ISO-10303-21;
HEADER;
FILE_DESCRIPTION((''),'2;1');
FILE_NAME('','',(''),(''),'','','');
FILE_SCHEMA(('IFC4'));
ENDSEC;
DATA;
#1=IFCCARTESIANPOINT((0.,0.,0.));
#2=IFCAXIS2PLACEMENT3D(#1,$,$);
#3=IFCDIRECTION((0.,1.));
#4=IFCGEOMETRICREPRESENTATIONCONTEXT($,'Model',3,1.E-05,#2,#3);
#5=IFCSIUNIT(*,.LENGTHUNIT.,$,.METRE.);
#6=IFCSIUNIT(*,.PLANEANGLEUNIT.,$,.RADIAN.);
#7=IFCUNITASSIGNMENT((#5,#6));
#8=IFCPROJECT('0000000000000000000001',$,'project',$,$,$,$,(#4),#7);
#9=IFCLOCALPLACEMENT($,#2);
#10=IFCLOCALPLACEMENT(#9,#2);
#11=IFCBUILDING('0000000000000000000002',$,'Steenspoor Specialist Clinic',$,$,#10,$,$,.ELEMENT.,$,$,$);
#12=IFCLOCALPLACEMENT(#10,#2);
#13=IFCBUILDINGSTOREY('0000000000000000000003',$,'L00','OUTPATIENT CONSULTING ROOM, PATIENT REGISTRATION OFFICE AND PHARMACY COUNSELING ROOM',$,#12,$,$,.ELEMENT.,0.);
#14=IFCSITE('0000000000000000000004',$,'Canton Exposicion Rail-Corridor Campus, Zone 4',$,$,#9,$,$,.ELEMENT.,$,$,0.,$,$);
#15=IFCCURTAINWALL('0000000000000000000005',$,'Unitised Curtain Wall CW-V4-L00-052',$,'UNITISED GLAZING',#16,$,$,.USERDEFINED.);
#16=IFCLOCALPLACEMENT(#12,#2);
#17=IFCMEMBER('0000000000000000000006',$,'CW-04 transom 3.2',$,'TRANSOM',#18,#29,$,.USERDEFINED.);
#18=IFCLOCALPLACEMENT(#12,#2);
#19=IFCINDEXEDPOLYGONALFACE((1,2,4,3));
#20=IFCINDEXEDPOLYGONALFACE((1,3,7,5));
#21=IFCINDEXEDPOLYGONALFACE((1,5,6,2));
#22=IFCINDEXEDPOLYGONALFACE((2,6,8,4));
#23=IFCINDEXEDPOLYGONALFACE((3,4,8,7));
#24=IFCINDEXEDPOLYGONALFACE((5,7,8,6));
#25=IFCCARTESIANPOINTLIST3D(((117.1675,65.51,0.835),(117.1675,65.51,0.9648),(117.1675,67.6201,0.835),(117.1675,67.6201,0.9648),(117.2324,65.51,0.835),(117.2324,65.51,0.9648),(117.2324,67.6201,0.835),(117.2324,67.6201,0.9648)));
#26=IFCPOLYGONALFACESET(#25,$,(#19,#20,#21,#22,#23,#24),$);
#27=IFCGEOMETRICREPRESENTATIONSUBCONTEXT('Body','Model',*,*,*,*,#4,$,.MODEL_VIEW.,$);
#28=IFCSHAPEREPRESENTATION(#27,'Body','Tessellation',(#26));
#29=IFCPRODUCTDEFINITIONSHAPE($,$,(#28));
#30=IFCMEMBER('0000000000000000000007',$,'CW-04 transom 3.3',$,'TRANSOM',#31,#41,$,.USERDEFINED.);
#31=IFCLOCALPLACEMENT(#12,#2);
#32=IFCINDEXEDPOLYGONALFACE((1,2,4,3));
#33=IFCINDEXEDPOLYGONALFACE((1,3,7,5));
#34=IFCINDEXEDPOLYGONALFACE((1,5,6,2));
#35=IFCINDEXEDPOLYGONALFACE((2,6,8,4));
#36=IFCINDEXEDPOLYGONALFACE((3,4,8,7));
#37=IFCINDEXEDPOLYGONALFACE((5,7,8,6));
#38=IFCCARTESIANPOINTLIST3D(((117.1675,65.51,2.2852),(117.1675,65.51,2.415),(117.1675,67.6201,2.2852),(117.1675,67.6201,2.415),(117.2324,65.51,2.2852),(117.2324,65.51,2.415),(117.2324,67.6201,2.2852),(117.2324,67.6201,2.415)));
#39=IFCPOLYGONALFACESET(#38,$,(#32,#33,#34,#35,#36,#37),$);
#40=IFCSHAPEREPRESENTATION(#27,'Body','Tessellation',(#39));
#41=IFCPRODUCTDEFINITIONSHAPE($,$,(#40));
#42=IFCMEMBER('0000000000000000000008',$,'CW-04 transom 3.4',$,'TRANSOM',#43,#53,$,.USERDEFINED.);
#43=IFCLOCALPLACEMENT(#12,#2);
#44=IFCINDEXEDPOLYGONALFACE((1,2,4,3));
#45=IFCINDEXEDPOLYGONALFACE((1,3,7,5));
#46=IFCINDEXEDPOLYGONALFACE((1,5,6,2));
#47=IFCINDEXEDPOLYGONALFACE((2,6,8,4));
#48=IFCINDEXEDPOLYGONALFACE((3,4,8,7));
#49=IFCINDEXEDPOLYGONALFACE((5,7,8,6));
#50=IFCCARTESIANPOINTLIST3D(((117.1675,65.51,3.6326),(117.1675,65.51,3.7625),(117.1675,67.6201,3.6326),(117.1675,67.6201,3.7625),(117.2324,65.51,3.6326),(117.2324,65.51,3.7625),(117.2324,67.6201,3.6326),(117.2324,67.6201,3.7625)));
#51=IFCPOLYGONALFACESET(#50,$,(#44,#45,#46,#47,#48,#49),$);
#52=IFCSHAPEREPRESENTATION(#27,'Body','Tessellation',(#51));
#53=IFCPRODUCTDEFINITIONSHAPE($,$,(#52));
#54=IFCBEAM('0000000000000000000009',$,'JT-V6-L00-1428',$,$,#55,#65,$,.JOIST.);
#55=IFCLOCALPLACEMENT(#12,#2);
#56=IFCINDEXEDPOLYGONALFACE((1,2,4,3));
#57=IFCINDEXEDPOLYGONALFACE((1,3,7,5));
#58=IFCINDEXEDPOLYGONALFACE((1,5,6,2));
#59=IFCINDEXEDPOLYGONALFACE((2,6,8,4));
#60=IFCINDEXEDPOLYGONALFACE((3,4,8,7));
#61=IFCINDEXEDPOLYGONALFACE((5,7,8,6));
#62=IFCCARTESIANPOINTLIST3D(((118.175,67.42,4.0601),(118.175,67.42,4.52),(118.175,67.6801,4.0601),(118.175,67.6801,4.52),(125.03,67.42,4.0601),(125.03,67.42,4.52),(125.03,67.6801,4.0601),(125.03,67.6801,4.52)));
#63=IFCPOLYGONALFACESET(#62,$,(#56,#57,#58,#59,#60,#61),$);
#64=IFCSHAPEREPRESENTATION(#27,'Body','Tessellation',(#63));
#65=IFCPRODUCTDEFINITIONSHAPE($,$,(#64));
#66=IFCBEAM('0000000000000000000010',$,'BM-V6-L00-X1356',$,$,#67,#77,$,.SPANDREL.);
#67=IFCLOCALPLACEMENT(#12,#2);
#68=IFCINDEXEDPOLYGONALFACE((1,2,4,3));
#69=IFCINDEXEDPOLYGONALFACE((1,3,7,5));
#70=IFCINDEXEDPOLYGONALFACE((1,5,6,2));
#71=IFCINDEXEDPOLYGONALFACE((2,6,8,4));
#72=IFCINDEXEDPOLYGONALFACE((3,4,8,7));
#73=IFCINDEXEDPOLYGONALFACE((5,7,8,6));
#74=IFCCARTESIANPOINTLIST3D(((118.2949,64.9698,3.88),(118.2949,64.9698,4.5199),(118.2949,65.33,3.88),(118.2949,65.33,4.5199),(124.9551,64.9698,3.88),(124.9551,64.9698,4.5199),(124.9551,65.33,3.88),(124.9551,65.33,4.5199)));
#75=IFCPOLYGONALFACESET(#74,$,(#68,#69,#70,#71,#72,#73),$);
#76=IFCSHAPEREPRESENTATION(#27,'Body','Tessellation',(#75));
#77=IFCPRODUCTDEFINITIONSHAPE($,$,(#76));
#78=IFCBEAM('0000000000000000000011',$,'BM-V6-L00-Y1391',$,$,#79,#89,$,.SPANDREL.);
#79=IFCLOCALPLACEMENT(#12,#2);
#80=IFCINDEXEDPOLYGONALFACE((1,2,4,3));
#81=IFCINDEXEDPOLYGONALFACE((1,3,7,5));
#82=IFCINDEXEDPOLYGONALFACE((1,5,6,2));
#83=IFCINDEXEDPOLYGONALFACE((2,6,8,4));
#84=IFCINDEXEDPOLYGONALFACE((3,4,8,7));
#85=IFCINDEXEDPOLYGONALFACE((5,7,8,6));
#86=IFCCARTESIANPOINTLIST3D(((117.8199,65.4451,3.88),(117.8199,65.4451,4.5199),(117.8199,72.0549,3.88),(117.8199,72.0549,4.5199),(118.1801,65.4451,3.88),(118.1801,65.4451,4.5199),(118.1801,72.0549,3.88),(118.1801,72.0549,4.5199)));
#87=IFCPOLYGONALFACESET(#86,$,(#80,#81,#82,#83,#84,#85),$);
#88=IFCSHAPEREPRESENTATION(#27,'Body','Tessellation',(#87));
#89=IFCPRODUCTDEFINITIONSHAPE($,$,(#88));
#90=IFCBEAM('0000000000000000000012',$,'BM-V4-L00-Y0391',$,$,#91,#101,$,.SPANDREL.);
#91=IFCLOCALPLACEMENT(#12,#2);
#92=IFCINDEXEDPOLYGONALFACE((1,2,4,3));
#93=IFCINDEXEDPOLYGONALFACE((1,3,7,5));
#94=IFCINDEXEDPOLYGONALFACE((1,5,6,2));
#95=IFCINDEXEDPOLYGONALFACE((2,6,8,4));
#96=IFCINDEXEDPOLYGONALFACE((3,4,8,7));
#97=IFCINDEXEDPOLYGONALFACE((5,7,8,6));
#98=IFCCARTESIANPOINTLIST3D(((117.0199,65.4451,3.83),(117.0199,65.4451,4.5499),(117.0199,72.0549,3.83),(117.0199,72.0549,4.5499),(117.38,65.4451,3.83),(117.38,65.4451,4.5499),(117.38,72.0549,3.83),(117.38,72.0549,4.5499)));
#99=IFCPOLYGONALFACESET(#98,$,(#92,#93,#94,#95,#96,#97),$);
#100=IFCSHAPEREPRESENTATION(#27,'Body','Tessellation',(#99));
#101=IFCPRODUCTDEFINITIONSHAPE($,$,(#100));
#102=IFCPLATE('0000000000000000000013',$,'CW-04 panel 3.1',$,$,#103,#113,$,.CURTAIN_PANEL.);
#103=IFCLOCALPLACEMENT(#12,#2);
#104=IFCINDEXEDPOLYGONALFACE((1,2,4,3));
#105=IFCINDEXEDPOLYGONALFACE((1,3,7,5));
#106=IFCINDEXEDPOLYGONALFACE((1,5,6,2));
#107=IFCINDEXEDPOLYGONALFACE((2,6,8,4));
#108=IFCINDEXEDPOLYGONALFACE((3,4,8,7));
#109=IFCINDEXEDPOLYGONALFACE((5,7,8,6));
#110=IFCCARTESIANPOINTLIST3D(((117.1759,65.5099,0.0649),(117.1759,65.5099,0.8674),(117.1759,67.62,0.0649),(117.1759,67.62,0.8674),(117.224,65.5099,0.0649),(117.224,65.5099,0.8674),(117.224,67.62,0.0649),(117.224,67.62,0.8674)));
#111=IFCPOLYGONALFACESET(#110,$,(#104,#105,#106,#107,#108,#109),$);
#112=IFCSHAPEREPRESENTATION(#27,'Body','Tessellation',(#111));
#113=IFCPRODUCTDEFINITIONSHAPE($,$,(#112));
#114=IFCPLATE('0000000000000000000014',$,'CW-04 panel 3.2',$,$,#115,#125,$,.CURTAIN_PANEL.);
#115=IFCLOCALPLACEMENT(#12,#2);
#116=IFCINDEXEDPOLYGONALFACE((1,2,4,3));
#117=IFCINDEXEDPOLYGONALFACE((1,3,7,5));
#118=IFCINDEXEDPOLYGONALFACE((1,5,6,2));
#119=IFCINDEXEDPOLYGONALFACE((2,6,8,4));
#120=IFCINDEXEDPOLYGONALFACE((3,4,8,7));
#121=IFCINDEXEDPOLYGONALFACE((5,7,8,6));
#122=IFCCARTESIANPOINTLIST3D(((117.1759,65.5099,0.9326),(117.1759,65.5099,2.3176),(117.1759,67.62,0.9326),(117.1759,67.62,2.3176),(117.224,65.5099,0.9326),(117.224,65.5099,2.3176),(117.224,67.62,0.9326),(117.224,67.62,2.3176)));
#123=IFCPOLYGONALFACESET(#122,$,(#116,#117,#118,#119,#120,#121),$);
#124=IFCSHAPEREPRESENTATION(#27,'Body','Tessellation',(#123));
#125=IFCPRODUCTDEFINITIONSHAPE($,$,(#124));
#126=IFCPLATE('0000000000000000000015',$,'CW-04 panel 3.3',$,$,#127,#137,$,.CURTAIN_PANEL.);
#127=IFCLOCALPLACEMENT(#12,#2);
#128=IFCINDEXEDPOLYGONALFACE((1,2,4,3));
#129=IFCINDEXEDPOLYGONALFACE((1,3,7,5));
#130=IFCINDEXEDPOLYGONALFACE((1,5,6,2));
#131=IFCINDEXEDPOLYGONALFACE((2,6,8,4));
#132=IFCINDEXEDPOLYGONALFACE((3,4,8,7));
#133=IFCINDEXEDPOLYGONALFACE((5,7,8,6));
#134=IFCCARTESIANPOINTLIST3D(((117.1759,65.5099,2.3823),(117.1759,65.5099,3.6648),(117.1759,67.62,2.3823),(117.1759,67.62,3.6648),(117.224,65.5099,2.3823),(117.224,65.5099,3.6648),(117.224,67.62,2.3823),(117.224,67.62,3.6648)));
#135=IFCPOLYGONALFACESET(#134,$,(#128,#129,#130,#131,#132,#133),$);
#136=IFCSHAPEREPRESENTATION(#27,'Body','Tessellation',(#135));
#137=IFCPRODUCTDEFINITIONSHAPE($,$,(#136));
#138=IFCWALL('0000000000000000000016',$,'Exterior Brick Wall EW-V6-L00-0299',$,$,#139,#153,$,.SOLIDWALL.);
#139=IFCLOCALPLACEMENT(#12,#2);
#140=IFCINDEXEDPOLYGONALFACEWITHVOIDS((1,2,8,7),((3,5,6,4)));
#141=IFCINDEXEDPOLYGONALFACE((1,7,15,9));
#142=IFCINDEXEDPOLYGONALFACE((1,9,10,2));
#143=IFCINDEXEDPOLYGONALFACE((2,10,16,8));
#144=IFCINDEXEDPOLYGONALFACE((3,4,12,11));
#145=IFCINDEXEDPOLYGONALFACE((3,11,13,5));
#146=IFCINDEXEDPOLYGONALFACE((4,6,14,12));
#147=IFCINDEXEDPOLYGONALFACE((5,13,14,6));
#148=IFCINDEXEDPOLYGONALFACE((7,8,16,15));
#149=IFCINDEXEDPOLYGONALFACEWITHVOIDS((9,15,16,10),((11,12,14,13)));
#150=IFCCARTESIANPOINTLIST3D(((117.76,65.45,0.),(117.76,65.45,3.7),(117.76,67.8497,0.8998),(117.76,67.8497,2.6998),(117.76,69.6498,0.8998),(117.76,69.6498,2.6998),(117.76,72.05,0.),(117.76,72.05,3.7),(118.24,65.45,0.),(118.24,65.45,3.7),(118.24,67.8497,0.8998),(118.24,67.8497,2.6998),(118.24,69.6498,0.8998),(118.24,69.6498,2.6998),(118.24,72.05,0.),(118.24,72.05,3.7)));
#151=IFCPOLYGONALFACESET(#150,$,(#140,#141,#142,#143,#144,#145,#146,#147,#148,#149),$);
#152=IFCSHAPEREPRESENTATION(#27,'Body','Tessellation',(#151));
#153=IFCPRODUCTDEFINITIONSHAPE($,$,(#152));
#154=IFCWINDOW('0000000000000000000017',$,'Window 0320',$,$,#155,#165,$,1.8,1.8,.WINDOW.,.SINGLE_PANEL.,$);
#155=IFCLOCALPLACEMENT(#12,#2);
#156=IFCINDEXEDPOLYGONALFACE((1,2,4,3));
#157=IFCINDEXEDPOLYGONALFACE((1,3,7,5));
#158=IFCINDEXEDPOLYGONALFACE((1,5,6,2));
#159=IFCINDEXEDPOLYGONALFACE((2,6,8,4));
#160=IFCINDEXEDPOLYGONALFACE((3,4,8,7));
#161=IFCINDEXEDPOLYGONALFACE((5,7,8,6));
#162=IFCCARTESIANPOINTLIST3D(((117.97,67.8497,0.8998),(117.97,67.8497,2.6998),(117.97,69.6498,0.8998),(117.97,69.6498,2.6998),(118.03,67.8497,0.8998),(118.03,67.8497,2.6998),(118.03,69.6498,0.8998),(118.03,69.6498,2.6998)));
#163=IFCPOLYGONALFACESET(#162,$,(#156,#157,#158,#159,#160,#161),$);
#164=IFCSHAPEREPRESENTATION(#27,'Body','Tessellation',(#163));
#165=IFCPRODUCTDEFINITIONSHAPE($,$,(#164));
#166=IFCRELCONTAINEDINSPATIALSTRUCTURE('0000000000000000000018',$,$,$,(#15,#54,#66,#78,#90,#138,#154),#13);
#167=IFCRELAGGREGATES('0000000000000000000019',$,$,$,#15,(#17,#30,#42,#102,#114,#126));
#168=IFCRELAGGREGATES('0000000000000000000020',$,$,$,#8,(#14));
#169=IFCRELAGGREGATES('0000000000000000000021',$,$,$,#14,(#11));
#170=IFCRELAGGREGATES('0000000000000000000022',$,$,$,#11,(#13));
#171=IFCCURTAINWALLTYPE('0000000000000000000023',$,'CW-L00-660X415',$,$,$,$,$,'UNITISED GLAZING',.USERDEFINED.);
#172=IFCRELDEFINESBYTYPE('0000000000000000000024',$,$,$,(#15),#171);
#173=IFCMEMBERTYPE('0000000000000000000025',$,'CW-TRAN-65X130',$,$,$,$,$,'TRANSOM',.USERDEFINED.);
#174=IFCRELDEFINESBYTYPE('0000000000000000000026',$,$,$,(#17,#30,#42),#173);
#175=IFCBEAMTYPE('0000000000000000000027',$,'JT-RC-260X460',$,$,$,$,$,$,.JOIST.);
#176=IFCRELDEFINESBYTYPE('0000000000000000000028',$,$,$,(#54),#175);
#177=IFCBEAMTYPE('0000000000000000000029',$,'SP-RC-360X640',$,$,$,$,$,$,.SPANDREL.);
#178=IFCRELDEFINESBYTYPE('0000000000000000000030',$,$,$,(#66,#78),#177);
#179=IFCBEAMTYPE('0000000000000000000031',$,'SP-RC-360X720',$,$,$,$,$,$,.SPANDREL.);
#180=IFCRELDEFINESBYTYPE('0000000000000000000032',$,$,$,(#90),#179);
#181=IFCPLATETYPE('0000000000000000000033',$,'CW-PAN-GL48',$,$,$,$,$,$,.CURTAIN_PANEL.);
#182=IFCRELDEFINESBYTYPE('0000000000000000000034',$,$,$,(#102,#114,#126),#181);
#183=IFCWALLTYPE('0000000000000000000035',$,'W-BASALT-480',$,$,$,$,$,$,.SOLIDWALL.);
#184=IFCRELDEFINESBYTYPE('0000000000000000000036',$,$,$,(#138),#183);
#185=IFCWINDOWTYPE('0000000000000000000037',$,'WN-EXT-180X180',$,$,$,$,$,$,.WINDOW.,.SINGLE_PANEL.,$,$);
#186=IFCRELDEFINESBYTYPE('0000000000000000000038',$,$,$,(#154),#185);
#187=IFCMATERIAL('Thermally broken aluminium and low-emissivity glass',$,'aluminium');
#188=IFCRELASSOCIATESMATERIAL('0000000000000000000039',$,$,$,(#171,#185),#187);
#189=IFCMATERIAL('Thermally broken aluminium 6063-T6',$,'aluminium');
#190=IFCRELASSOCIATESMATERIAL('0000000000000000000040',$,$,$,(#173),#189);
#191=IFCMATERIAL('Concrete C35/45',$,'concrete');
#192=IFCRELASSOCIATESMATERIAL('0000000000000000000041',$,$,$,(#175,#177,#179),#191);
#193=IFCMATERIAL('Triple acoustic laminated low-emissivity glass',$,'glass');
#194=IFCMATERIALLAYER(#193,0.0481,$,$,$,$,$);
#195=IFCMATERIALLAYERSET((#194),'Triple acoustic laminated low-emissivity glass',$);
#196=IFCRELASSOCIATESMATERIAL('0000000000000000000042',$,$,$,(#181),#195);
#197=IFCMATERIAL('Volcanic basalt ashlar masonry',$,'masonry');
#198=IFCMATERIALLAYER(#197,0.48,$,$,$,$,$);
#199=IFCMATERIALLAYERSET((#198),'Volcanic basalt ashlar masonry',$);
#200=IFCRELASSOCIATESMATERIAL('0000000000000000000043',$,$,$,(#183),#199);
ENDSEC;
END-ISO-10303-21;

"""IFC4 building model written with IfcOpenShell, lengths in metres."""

from ifc_helpers import new_model, si_unit, direction, frame, frame_2d, origin, origin_2d, place, context, subcontext, project, spatial, rectangle, extrude, material, layer, layer_set, material_profile, profile_set, type_object, element, fill, aggregate, save


model = new_model("IFC4")

# Units and contexts
model_context = context("Model", 3, precision=1e-05, world=origin(), true_north=direction((0.0, 1.0)))
body_context = subcontext(model_context, "Body", "Model", "MODEL_VIEW")
ifc_project = project(units=[si_unit("LENGTHUNIT", "METRE"), si_unit("PLANEANGLEUNIT", "RADIAN")], contexts=[model_context])

# Site, building, storey
site_placement = place(None, origin())
site = spatial("IfcSite", under=ifc_project, at=site_placement, Name="Canton Exposicion Rail-Corridor Campus, Zone 4", CompositionType="ELEMENT", RefElevation=0.0)
building_placement = place(site_placement, origin())
building = spatial("IfcBuilding", under=site, at=building_placement, Name="Steenspoor Specialist Clinic", CompositionType="ELEMENT")
storey_placement = place(building_placement, origin())
storey = spatial("IfcBuildingStorey", under=building, at=storey_placement, Name="L00", Description="OUTPATIENT CONSULTING ROOM, PATIENT REGISTRATION OFFICE AND PHARMACY COUNSELING ROOM", CompositionType="ELEMENT", Elevation=0.0)

# Shared definitions
ifc_material_1 = material(Name="Concrete C35/45", Category="concrete")

# Curtain wall, members
ifc_material_2 = material(Name="Thermally broken aluminium and low-emissivity glass", Category="aluminium")
curtain_wall_type = type_object("IfcCurtainWallType", Name="CW-L00-660X415", ElementType="UNITISED GLAZING", PredefinedType="USERDEFINED", material=ifc_material_2)
curtain_wall_placement = place(storey_placement, origin())
curtain_wall = element("IfcCurtainWall", 1, at=curtain_wall_placement, inside=storey, type_object=curtain_wall_type, Name="Unitised Curtain Wall CW-V4-L00-052", ObjectType="UNITISED GLAZING", PredefinedType="USERDEFINED")
ifc_material_3 = material(Name="Thermally broken aluminium 6063-T6", Category="aluminium")
ifc_material_profile_1 = material_profile(ifc_material_3, rectangle(XDim=0.0649, YDim=0.1299, at=origin_2d()), Name="CWT-65X130")
ifc_profile_set_1 = profile_set([ifc_material_profile_1], Name="Thermally broken aluminium 6063-T6")
member_type_1 = type_object("IfcMemberType", Name="CW-TRAN-65X130", ElementType="TRANSOM", PredefinedType="USERDEFINED", material=ifc_profile_set_1)
member_1_placement = place(storey_placement, frame((117.2, 67.6201, 0.8999), z_axis=(0.0, -1.0, 0.0), x_axis=(1.0, 0.0, 0.0)))
member_1 = element("IfcMember", 2, at=member_1_placement, type_object=member_type_1, Name="CW-04 transom 3.2", ObjectType="TRANSOM", PredefinedType="USERDEFINED", context=body_context, shape_type="SweptSolid", body=[
    extrude(rectangle(XDim=0.0649, YDim=0.1299, at=origin_2d()), origin(), (0.0, 0.0, 1.0), 2.1101),
])
member_2_placement = place(storey_placement, frame((117.2, 67.6201, 2.3501), z_axis=(0.0, -1.0, 0.0), x_axis=(1.0, 0.0, 0.0)))
member_2 = element("IfcMember", 3, at=member_2_placement, type_object=member_type_1, Name="CW-04 transom 3.3", ObjectType="TRANSOM", PredefinedType="USERDEFINED", context=body_context, shape_type="SweptSolid", body=[
    extrude(rectangle(XDim=0.0649, YDim=0.1299, at=origin_2d()), origin(), (0.0, 0.0, 1.0), 2.1101),
])
member_3_placement = place(storey_placement, frame((117.2, 67.6201, 3.6975), z_axis=(0.0, -1.0, 0.0), x_axis=(1.0, 0.0, 0.0)))
member_3 = element("IfcMember", 4, at=member_3_placement, type_object=member_type_1, Name="CW-04 transom 3.4", ObjectType="TRANSOM", PredefinedType="USERDEFINED", context=body_context, shape_type="SweptSolid", body=[
    extrude(rectangle(XDim=0.0649, YDim=0.1299, at=origin_2d()), origin(), (0.0, 0.0, 1.0), 2.1101),
])

# Beams
ifc_material_profile_2 = material_profile(ifc_material_1, rectangle(XDim=0.26, YDim=0.46, at=origin_2d()), Name="RC-JT-260X460")
ifc_profile_set_2 = profile_set([ifc_material_profile_2], Name="Concrete C35/45")
beam_type_1 = type_object("IfcBeamType", Name="JT-RC-260X460", PredefinedType="JOIST", material=ifc_profile_set_2)
beam_1_placement = place(storey_placement, frame((118.175, 67.55, 4.29), z_axis=(1.0, 0.0, 0.0), x_axis=(0.0, 1.0, 0.0)))
element("IfcBeam", 5, at=beam_1_placement, inside=storey, type_object=beam_type_1, Name="JT-V6-L00-1428", PredefinedType="JOIST", context=body_context, shape_type="SweptSolid", body=[
    extrude(rectangle(XDim=0.26, YDim=0.46, at=origin_2d()), origin(), (0.0, 0.0, 1.0), 6.855),
])
ifc_material_profile_3 = material_profile(ifc_material_1, rectangle(XDim=0.3601, YDim=0.6399, at=origin_2d()), Name="RC-SP-360X640")
ifc_profile_set_3 = profile_set([ifc_material_profile_3], Name="Concrete C35/45")
beam_type_2 = type_object("IfcBeamType", Name="SP-RC-360X640", PredefinedType="SPANDREL", material=ifc_profile_set_3)
beam_2_placement = place(storey_placement, frame((118.2949, 65.1499, 4.2), z_axis=(1.0, 0.0, 0.0), x_axis=(0.0, 1.0, 0.0)))
element("IfcBeam", 6, at=beam_2_placement, inside=storey, type_object=beam_type_2, Name="BM-V6-L00-X1356", PredefinedType="SPANDREL", context=body_context, shape_type="SweptSolid", body=[
    extrude(rectangle(XDim=0.3601, YDim=0.6399, at=origin_2d()), origin(), (0.0, 0.0, 1.0), 6.6602),
])
beam_3_placement = place(storey_placement, frame((118.0, 65.4451, 4.2), z_axis=(0.0, 1.0, 0.0), x_axis=(-1.0, 0.0, 0.0)))
element("IfcBeam", 7, at=beam_3_placement, inside=storey, type_object=beam_type_2, Name="BM-V6-L00-Y1391", PredefinedType="SPANDREL", context=body_context, shape_type="SweptSolid", body=[
    extrude(rectangle(XDim=0.3601, YDim=0.6399, at=origin_2d()), origin(), (0.0, 0.0, 1.0), 6.6099),
])
ifc_material_profile_4 = material_profile(ifc_material_1, rectangle(XDim=0.3601, YDim=0.72, at=origin_2d()), Name="RC-SP-360X720")
ifc_profile_set_4 = profile_set([ifc_material_profile_4], Name="Concrete C35/45")
beam_type_3 = type_object("IfcBeamType", Name="SP-RC-360X720", PredefinedType="SPANDREL", material=ifc_profile_set_4)
beam_4_placement = place(storey_placement, frame((117.2, 65.4451, 4.1899), z_axis=(0.0, 1.0, 0.0), x_axis=(-1.0, 0.0, 0.0)))
element("IfcBeam", 8, at=beam_4_placement, inside=storey, type_object=beam_type_3, Name="BM-V4-L00-Y0391", PredefinedType="SPANDREL", context=body_context, shape_type="SweptSolid", body=[
    extrude(rectangle(XDim=0.3601, YDim=0.72, at=origin_2d()), origin(), (0.0, 0.0, 1.0), 6.6099),
])

# Plates
ifc_material_4 = material(Name="Triple acoustic laminated low-emissivity glass", Category="glass")
ifc_layer_1 = layer(ifc_material_4, 0.0481)
ifc_layer_set_1 = layer_set([ifc_layer_1], Name="Triple acoustic laminated low-emissivity glass")
plate_type = type_object("IfcPlateType", Name="CW-PAN-GL48", PredefinedType="CURTAIN_PANEL", material=ifc_layer_set_1)
plate_1_placement = place(storey_placement, frame((117.2, 66.5649, 0.0649), z_axis=(0.0, 0.0, 1.0), x_axis=(0.0, -1.0, 0.0)))
plate_1 = element("IfcPlate", 9, at=plate_1_placement, type_object=plate_type, Name="CW-04 panel 3.1", PredefinedType="CURTAIN_PANEL", context=body_context, shape_type="SweptSolid", body=[
    extrude(rectangle(XDim=2.1101, YDim=0.0481, at=origin_2d()), origin(), (0.0, 0.0, 1.0), 0.8025),
])
plate_2_placement = place(storey_placement, frame((117.2, 66.5649, 0.9326), z_axis=(0.0, 0.0, 1.0), x_axis=(0.0, -1.0, 0.0)))
plate_2 = element("IfcPlate", 10, at=plate_2_placement, type_object=plate_type, Name="CW-04 panel 3.2", PredefinedType="CURTAIN_PANEL", context=body_context, shape_type="SweptSolid", body=[
    extrude(rectangle(XDim=2.1101, YDim=0.0481, at=origin_2d()), origin(), (0.0, 0.0, 1.0), 1.385),
])
plate_3_placement = place(storey_placement, frame((117.2, 66.5649, 2.3823), z_axis=(0.0, 0.0, 1.0), x_axis=(0.0, -1.0, 0.0)))
plate_3 = element("IfcPlate", 11, at=plate_3_placement, type_object=plate_type, Name="CW-04 panel 3.3", PredefinedType="CURTAIN_PANEL", context=body_context, shape_type="SweptSolid", body=[
    extrude(rectangle(XDim=2.1101, YDim=0.0481, at=origin_2d()), origin(), (0.0, 0.0, 1.0), 1.2825),
])
aggregate(curtain_wall, [member_1, member_2, member_3, plate_1, plate_2, plate_3])

# Wall, opening, window
ifc_material_5 = material(Name="Volcanic basalt ashlar masonry", Category="masonry")
ifc_layer_2 = layer(ifc_material_5, 0.48)
ifc_layer_set_2 = layer_set([ifc_layer_2], Name="Volcanic basalt ashlar masonry")
wall_type = type_object("IfcWallType", Name="W-BASALT-480", PredefinedType="SOLIDWALL", material=ifc_layer_set_2)
wall_placement = place(storey_placement, frame((118.0, 65.45, 0.0), z_axis=(0.0, 0.0, 1.0), x_axis=(0.0, 1.0, 0.0)))
wall = element("IfcWall", 12, at=wall_placement, inside=storey, type_object=wall_type, Name="Exterior Brick Wall EW-V6-L00-0299", PredefinedType="SOLIDWALL", context=body_context, shape_type="SweptSolid", body=[
    extrude(rectangle(XDim=6.6001, YDim=0.48, at=frame_2d((3.3, 0.0))), origin(), (0.0, 0.0, 1.0), 3.7),
])
opening_placement = place(wall_placement, frame((2.3999, 0.0, 0.8999)))
opening = element("IfcOpeningElement", 13, at=opening_placement, cuts=wall, PredefinedType="OPENING", context=body_context, shape_type="SweptSolid", body=[
    extrude(rectangle(XDim=1.8, YDim=1.8, at=frame_2d((0.8999, 0.8999))), frame((0.0, 0.25, 0.0), z_axis=(0.0, -1.0, 0.0), x_axis=(1.0, 0.0, 0.0)), (0.0, 0.0, 1.0), 0.5),
])
window_type = type_object("IfcWindowType", Name="WN-EXT-180X180", PartitioningType="SINGLE_PANEL", PredefinedType="WINDOW", material=ifc_material_2)
window_placement = place(opening_placement, origin())
window = element("IfcWindow", 14, at=window_placement, inside=storey, type_object=window_type, Name="Window 0320", OverallHeight=1.8, OverallWidth=1.8, PartitioningType="SINGLE_PANEL", PredefinedType="WINDOW", context=body_context, shape_type="SweptSolid", body=[
    extrude(rectangle(XDim=1.8, YDim=1.8, at=frame_2d((0.8999, 0.8999))), frame((0.0, 0.03, 0.0), z_axis=(0.0, -1.0, 0.0), x_axis=(1.0, 0.0, 0.0)), (0.0, 0.0, 1.0), 0.0601),
])
fill(opening, window)

save(model, "model.ifc")
